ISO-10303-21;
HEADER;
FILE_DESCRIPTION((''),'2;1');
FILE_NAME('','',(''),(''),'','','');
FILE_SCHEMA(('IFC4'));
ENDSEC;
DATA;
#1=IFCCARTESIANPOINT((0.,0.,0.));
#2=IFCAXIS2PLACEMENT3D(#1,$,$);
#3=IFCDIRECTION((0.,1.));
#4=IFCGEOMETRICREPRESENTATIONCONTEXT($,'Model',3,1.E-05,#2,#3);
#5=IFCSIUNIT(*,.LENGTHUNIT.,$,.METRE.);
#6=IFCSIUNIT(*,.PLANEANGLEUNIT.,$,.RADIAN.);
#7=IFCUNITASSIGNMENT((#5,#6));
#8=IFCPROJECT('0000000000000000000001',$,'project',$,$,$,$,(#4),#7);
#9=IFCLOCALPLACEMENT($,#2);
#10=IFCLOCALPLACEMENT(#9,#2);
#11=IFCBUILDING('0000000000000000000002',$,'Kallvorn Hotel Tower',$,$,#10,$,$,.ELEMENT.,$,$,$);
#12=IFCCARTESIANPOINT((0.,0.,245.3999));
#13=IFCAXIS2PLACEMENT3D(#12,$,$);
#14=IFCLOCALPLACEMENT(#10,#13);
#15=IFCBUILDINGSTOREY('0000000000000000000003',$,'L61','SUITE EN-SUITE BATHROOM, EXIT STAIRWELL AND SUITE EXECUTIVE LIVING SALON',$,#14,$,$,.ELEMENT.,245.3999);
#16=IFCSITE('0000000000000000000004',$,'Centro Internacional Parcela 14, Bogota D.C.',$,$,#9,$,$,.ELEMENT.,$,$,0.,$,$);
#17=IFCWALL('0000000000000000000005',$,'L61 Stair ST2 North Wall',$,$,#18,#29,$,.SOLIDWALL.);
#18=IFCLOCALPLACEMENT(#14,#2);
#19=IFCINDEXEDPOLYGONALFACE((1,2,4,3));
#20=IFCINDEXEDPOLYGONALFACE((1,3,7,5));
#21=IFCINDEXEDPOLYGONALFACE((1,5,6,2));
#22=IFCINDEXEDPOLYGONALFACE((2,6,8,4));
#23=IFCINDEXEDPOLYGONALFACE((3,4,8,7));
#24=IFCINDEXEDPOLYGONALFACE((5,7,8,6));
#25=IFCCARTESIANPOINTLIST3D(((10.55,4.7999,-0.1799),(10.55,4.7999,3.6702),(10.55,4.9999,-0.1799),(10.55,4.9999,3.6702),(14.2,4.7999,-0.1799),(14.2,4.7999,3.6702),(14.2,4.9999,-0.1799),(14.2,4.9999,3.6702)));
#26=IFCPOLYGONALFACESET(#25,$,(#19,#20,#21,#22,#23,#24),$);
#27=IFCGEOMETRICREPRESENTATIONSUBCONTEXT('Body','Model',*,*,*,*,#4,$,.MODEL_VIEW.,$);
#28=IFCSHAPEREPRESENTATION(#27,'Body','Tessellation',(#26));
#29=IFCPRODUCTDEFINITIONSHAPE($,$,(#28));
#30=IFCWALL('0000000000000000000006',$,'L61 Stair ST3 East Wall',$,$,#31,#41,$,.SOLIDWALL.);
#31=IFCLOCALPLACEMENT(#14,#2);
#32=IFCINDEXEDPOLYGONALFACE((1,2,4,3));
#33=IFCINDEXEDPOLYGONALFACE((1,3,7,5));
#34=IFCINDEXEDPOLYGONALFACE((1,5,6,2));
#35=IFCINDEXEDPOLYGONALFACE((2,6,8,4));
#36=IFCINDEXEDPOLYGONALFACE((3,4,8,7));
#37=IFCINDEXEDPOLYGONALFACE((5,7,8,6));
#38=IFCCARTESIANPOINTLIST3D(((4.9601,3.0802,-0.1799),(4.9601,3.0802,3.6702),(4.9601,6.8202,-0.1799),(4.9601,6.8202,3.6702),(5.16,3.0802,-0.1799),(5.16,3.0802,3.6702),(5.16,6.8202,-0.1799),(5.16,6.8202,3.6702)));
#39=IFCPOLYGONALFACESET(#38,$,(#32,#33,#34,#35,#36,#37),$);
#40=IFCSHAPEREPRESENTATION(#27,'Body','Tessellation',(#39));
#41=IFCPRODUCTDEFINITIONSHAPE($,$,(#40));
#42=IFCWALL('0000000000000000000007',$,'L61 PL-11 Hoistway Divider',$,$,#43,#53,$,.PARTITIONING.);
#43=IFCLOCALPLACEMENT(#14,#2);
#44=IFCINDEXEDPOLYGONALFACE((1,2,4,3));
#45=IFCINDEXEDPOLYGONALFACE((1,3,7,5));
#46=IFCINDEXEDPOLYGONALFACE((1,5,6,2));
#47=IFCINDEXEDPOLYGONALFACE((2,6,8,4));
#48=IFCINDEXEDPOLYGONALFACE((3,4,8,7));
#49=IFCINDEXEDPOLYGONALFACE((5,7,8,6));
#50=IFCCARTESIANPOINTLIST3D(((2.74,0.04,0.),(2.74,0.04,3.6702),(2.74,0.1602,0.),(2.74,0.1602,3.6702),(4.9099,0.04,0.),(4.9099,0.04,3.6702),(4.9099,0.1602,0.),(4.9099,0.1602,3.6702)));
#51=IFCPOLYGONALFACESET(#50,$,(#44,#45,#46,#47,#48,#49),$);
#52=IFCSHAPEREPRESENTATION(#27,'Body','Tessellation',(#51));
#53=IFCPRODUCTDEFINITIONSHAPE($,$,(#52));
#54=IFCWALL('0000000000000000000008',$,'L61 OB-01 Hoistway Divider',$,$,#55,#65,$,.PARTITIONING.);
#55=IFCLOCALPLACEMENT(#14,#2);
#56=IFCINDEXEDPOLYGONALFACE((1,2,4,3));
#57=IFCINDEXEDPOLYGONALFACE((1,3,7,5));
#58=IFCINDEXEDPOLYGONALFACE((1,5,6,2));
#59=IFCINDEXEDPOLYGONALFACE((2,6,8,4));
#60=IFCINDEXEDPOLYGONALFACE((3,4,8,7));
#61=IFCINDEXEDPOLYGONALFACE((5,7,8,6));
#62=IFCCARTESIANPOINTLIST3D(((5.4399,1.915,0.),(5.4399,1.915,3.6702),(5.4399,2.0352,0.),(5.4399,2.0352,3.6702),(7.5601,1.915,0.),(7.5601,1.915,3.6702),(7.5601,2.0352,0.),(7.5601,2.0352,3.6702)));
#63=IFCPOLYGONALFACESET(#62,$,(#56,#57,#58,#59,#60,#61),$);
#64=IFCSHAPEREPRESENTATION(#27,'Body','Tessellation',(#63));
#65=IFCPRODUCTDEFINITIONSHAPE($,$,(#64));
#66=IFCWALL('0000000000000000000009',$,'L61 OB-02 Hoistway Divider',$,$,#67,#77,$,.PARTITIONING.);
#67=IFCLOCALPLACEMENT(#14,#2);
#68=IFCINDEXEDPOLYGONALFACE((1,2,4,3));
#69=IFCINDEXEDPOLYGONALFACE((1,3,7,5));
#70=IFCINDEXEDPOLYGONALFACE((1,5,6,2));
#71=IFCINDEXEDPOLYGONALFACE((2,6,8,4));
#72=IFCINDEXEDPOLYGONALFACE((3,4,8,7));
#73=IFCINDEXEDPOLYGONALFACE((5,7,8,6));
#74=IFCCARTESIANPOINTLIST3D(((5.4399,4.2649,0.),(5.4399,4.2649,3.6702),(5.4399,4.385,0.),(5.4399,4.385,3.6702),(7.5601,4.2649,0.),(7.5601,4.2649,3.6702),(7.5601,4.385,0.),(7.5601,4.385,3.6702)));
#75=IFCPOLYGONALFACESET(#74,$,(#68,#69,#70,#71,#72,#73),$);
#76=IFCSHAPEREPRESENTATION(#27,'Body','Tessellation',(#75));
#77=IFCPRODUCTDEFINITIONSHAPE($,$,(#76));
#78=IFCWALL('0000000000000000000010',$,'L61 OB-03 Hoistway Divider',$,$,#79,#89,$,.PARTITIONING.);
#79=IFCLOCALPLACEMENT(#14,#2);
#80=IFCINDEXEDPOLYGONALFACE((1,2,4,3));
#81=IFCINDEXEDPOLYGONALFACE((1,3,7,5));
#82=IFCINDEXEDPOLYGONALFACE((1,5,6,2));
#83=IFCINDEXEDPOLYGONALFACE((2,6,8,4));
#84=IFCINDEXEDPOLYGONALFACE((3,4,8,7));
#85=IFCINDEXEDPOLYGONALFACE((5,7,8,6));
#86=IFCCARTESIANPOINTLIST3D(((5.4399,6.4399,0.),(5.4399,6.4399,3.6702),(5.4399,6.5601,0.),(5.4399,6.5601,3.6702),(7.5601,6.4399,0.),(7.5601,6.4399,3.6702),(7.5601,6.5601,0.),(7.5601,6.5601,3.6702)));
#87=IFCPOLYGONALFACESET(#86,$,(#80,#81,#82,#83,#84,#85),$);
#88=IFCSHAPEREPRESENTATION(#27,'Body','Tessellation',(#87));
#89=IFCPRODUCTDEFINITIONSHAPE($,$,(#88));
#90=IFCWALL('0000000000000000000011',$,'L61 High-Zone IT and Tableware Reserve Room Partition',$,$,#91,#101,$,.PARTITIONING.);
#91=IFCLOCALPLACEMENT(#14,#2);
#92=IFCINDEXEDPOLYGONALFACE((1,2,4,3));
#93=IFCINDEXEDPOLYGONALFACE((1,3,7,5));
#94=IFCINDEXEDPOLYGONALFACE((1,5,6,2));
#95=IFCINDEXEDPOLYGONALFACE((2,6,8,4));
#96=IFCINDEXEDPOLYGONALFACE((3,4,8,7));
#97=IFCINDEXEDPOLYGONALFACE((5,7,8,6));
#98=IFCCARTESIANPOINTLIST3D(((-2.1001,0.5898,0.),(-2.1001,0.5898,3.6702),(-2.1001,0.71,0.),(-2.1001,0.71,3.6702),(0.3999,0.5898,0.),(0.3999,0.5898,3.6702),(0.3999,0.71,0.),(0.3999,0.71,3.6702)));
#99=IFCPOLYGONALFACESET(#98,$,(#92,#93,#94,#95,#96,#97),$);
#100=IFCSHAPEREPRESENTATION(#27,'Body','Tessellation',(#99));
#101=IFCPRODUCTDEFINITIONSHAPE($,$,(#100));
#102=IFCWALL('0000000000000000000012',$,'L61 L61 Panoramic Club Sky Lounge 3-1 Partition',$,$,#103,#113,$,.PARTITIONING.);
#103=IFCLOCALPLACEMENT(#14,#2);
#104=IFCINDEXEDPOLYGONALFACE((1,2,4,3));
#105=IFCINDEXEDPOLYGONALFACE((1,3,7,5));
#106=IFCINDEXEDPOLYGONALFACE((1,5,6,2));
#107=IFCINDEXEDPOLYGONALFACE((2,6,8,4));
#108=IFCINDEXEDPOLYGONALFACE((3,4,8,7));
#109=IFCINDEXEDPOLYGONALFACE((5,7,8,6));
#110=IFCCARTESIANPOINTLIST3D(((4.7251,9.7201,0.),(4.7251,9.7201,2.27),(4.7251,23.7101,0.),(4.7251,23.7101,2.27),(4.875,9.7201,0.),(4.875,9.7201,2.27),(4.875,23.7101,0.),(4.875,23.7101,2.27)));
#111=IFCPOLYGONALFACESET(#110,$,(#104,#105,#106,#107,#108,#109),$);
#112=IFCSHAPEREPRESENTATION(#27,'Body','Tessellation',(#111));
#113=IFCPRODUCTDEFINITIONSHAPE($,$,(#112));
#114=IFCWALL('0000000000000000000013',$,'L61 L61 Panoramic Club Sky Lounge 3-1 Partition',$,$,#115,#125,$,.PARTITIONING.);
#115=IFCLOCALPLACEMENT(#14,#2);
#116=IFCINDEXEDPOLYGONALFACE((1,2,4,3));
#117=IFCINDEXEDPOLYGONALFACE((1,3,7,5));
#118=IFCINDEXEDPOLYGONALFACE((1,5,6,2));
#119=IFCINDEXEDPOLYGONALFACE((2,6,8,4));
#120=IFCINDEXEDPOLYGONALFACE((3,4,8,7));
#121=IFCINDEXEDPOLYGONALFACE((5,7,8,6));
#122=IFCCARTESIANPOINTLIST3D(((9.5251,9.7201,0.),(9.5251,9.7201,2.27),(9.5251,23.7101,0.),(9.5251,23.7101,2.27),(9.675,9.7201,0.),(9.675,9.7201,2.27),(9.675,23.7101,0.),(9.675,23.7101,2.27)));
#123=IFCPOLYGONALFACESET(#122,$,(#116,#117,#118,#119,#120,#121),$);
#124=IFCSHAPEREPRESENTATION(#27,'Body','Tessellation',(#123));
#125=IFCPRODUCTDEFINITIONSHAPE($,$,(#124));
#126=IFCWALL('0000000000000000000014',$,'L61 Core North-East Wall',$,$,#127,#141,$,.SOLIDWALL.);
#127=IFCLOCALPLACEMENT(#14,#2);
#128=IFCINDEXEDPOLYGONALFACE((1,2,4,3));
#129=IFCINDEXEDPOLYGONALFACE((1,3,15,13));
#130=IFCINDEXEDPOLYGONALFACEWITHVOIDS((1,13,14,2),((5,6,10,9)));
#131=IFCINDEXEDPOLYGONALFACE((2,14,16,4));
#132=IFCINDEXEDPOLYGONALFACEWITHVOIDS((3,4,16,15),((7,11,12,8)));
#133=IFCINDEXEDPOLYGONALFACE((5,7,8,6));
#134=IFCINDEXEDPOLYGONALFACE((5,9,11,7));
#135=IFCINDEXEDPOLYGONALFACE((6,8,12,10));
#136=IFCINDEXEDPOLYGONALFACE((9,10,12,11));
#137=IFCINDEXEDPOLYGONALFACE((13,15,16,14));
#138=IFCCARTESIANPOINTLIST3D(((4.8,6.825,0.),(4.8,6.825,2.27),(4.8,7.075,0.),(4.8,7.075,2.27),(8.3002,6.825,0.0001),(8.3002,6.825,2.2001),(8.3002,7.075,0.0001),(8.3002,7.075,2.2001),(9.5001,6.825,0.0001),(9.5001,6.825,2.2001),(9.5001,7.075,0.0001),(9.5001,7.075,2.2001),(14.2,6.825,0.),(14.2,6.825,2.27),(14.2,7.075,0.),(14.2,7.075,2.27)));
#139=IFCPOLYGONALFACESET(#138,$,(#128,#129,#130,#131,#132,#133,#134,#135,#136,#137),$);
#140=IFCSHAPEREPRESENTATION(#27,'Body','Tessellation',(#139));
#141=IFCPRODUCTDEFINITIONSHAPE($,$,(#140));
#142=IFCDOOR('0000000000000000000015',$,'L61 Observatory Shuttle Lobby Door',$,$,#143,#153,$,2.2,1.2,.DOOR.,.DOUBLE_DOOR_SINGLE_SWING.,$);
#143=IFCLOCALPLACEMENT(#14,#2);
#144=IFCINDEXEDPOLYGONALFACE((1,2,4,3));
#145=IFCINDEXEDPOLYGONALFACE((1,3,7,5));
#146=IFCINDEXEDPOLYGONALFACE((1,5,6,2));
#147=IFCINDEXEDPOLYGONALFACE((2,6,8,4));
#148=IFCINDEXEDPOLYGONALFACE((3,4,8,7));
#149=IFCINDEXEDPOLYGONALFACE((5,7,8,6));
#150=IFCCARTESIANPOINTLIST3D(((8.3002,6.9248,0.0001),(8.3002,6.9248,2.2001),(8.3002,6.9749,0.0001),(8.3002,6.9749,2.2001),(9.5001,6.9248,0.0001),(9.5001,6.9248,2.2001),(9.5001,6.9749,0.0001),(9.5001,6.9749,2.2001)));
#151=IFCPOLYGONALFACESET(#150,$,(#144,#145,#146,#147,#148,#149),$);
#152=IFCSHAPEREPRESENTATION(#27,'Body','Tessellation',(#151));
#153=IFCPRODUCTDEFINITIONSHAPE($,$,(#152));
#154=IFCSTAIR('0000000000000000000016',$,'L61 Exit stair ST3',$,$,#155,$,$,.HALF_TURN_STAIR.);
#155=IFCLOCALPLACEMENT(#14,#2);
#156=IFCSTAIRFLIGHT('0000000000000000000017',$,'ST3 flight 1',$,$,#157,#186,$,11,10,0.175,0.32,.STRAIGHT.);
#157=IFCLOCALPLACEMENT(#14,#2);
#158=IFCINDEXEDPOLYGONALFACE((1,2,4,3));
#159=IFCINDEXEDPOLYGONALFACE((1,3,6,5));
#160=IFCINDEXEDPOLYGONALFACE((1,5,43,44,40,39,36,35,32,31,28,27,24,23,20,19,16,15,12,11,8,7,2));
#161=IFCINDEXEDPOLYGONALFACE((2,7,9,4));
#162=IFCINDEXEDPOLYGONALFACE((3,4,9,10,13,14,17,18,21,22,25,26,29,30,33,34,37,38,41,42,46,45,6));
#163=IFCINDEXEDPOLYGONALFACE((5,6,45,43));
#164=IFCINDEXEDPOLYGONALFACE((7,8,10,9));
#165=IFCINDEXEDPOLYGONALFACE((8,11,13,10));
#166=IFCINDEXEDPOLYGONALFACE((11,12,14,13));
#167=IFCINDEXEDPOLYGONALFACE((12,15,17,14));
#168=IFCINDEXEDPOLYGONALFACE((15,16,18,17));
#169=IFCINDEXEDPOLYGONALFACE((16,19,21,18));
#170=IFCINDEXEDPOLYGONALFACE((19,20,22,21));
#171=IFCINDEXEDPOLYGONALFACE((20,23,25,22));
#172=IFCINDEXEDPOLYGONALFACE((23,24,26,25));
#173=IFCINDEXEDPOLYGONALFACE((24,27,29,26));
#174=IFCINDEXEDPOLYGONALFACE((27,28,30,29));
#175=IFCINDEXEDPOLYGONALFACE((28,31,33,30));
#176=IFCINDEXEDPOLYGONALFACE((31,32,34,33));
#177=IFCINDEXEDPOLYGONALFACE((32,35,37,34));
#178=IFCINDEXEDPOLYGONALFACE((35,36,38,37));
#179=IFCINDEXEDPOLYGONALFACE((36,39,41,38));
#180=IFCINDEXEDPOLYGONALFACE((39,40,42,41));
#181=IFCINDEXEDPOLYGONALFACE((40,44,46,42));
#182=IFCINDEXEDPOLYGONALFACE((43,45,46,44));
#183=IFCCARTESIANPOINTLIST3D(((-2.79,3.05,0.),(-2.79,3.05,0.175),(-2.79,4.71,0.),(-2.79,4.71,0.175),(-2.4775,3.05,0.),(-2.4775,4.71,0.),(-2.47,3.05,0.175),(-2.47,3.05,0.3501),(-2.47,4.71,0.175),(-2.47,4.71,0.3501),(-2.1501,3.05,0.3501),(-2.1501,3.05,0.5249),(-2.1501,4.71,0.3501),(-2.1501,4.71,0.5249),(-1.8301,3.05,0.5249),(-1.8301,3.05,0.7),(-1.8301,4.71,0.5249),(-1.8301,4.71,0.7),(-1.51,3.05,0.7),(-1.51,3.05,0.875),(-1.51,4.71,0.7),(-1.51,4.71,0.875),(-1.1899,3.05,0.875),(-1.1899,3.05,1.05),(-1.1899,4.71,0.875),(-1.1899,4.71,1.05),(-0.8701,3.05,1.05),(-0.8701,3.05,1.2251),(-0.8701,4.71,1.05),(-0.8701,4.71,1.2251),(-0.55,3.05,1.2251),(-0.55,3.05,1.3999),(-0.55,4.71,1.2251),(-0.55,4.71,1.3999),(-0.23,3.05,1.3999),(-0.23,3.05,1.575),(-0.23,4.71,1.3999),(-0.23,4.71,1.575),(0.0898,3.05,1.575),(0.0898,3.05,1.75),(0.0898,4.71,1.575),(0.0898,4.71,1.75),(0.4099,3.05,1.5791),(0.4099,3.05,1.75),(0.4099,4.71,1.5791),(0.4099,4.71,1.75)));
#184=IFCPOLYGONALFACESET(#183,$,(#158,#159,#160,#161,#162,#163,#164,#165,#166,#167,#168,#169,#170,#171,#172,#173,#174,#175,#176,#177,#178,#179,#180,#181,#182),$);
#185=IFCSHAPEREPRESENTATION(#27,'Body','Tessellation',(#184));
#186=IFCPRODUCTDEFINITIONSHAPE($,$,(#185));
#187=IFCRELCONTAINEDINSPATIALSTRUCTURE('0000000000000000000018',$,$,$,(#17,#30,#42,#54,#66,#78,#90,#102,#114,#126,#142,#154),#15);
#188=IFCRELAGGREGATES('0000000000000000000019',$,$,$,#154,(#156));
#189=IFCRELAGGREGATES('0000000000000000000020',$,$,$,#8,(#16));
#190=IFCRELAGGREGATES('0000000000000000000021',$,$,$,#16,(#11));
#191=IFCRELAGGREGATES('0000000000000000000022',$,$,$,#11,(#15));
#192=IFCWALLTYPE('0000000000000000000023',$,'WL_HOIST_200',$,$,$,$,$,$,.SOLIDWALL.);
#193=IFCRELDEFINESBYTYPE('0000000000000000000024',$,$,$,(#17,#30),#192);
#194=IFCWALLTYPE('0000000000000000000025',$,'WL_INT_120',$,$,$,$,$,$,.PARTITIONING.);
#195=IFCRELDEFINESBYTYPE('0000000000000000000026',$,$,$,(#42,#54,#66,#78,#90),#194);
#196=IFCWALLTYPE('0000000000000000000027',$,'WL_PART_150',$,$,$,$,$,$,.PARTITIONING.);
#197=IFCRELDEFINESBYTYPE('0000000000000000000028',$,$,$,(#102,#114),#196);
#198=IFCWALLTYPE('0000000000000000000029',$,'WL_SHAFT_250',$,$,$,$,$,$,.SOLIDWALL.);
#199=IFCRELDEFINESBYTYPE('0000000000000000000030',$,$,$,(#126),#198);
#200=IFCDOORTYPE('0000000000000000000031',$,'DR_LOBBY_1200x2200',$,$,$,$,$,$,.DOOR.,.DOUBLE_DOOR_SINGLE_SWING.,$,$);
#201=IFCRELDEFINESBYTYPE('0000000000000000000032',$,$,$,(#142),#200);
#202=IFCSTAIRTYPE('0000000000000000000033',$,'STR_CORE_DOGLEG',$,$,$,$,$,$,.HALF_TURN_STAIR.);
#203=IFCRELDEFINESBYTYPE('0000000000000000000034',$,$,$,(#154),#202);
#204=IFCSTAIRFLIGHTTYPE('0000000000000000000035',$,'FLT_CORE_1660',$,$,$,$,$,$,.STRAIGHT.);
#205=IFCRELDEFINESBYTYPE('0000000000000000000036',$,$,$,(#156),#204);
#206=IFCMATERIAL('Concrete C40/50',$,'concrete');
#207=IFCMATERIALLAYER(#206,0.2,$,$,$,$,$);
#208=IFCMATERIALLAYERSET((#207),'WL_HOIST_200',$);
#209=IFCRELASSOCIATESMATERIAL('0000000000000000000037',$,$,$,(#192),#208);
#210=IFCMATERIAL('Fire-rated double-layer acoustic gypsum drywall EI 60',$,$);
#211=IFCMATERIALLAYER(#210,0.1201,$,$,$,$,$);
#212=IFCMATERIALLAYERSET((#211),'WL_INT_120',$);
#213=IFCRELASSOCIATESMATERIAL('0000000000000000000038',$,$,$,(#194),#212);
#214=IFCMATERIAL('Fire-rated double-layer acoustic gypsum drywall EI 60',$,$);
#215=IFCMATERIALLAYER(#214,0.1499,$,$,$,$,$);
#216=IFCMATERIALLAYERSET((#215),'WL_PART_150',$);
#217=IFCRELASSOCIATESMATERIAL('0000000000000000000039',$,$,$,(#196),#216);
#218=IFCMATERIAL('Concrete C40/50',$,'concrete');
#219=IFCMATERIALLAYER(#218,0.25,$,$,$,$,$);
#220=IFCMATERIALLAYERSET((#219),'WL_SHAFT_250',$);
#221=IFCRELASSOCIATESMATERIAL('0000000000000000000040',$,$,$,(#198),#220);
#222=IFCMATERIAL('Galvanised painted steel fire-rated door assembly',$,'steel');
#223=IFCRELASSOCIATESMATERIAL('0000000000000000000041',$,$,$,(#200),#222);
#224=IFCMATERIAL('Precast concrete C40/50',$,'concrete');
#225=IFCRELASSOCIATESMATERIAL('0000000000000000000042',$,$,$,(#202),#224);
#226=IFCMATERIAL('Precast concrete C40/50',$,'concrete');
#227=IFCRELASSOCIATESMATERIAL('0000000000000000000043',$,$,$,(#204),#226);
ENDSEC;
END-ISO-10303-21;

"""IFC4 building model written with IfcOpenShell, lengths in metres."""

from ifc_helpers import new_model, si_unit, direction, frame, frame_2d, origin, place, context, subcontext, project, spatial, polyline, rectangle, outline, extrude, material, layer, layer_set, type_object, element, fill, aggregate, save


model = new_model("IFC4")

# Units and contexts
model_context = context("Model", 3, precision=1e-05, world=origin(), true_north=direction((0.0, 1.0)))
body_context = subcontext(model_context, "Body", "Model", "MODEL_VIEW")
ifc_project = project(units=[si_unit("LENGTHUNIT", "METRE"), si_unit("PLANEANGLEUNIT", "RADIAN")], contexts=[model_context])

# Site, building, storey
site_placement = place(None, origin())
site = spatial("IfcSite", under=ifc_project, at=site_placement, Name="Centro Internacional Parcela 14, Bogota D.C.", CompositionType="ELEMENT", RefElevation=0.0)
building_placement = place(site_placement, origin())
building = spatial("IfcBuilding", under=site, at=building_placement, Name="Kallvorn Hotel Tower", CompositionType="ELEMENT")
storey_placement = place(building_placement, frame((0.0, 0.0, 245.3999)))
storey = spatial("IfcBuildingStorey", under=building, at=storey_placement, Name="L61", Description="SUITE EN-SUITE BATHROOM, EXIT STAIRWELL AND SUITE EXECUTIVE LIVING SALON", CompositionType="ELEMENT", Elevation=245.3999)

# Walls
ifc_material_1 = material(Name="Concrete C40/50", Category="concrete")
ifc_layer_1 = layer(ifc_material_1, 0.2)
ifc_layer_set_1 = layer_set([ifc_layer_1], Name="WL_HOIST_200")
wall_type_1 = type_object("IfcWallType", Name="WL_HOIST_200", PredefinedType="SOLIDWALL", material=ifc_layer_set_1)
wall_1_placement = place(storey_placement, frame((10.55, 4.8999, -0.1799), z_axis=(0.0, 0.0, 1.0), x_axis=(1.0, 0.0, 0.0)))
element("IfcWall", 1, at=wall_1_placement, inside=storey, type_object=wall_type_1, Name="L61 Stair ST2 North Wall", PredefinedType="SOLIDWALL", context=body_context, shape_type="SweptSolid", body=[
    extrude(rectangle(XDim=3.6499, YDim=0.2, at=frame_2d((1.825, 0.0))), origin(), (0.0, 0.0, 1.0), 3.8501),
])
wall_2_placement = place(storey_placement, frame((5.0601, 3.0801, -0.1799), z_axis=(0.0, 0.0, 1.0), x_axis=(0.0, 1.0, 0.0)))
element("IfcWall", 2, at=wall_2_placement, inside=storey, type_object=wall_type_1, Name="L61 Stair ST3 East Wall", PredefinedType="SOLIDWALL", context=body_context, shape_type="SweptSolid", body=[
    extrude(rectangle(XDim=3.74, YDim=0.2, at=frame_2d((1.8701, 0.0))), origin(), (0.0, 0.0, 1.0), 3.8501),
])
ifc_material_2 = material(Name="Fire-rated double-layer acoustic gypsum drywall EI 60")
ifc_layer_2 = layer(ifc_material_2, 0.1201)
ifc_layer_set_2 = layer_set([ifc_layer_2], Name="WL_INT_120")
wall_type_2 = type_object("IfcWallType", Name="WL_INT_120", PredefinedType="PARTITIONING", material=ifc_layer_set_2)
wall_3_placement = place(storey_placement, frame((2.74, 0.1001, 0.0), z_axis=(0.0, 0.0, 1.0), x_axis=(1.0, 0.0, 0.0)))
element("IfcWall", 3, at=wall_3_placement, inside=storey, type_object=wall_type_2, Name="L61 PL-11 Hoistway Divider", PredefinedType="PARTITIONING", context=body_context, shape_type="SweptSolid", body=[
    extrude(rectangle(XDim=2.1699, YDim=0.1201, at=frame_2d((1.085, 0.0))), origin(), (0.0, 0.0, 1.0), 3.6702),
])
for number, where, z_axis, x_axis, name in (
    (4, (5.4399, 1.9751, 0.0), (0.0, 0.0, 1.0), (1.0, 0.0, 0.0), "L61 OB-01 Hoistway Divider"),
    (5, (5.4399, 4.325, 0.0), (0.0, 0.0, 1.0), (1.0, 0.0, 0.0), "L61 OB-02 Hoistway Divider"),
    (6, (5.4399, 6.5, 0.0), (0.0, 0.0, 1.0), (1.0, 0.0, 0.0), "L61 OB-03 Hoistway Divider"),
):
    element("IfcWall", number, at=place(storey_placement, frame(where, z_axis=z_axis, x_axis=x_axis)), inside=storey, type_object=wall_type_2, Name=name, PredefinedType="PARTITIONING", context=body_context, shape_type="SweptSolid", body=[
        extrude(rectangle(XDim=2.1201, YDim=0.1201, at=frame_2d((1.0601, 0.0))), origin(), (0.0, 0.0, 1.0), 3.6702),
    ])
wall_4_placement = place(storey_placement, frame((-2.1001, 0.6499, 0.0), z_axis=(0.0, 0.0, 1.0), x_axis=(1.0, 0.0, 0.0)))
element("IfcWall", 7, at=wall_4_placement, inside=storey, type_object=wall_type_2, Name="L61 High-Zone IT and Tableware Reserve Room Partition", PredefinedType="PARTITIONING", context=body_context, shape_type="SweptSolid", body=[
    extrude(rectangle(XDim=2.5, YDim=0.1201, at=frame_2d((1.25, 0.0))), origin(), (0.0, 0.0, 1.0), 3.6702),
])
ifc_material_3 = material(Name="Fire-rated double-layer acoustic gypsum drywall EI 60")
ifc_layer_3 = layer(ifc_material_3, 0.1499)
ifc_layer_set_3 = layer_set([ifc_layer_3], Name="WL_PART_150")
wall_type_3 = type_object("IfcWallType", Name="WL_PART_150", PredefinedType="PARTITIONING", material=ifc_layer_set_3)
for number, where, z_axis, x_axis, name in (
    (8, (4.8, 9.72, 0.0), (0.0, 0.0, 1.0), (0.0, 1.0, 0.0), "L61 L61 Panoramic Club Sky Lounge 3-1 Partition"),
    (9, (9.6001, 9.72, 0.0), (0.0, 0.0, 1.0), (0.0, 1.0, 0.0), "L61 L61 Panoramic Club Sky Lounge 3-1 Partition"),
):
    element("IfcWall", number, at=place(storey_placement, frame(where, z_axis=z_axis, x_axis=x_axis)), inside=storey, type_object=wall_type_3, Name=name, PredefinedType="PARTITIONING", context=body_context, shape_type="SweptSolid", body=[
        extrude(rectangle(XDim=13.99, YDim=0.1499, at=frame_2d((6.9951, 0.0))), origin(), (0.0, 0.0, 1.0), 2.27),
    ])

# Wall, opening, door
ifc_material_4 = material(Name="Concrete C40/50", Category="concrete")
ifc_layer_4 = layer(ifc_material_4, 0.25)
ifc_layer_set_4 = layer_set([ifc_layer_4], Name="WL_SHAFT_250")
wall_type_4 = type_object("IfcWallType", Name="WL_SHAFT_250", PredefinedType="SOLIDWALL", material=ifc_layer_set_4)
wall_5_placement = place(storey_placement, frame((4.8, 6.95, 0.0), z_axis=(0.0, 0.0, 1.0), x_axis=(1.0, 0.0, 0.0)))
wall_5 = element("IfcWall", 10, at=wall_5_placement, inside=storey, type_object=wall_type_4, Name="L61 Core North-East Wall", PredefinedType="SOLIDWALL", context=body_context, shape_type="SweptSolid", body=[
    extrude(rectangle(XDim=9.3999, YDim=0.25, at=frame_2d((4.7, 0.0))), origin(), (0.0, 0.0, 1.0), 2.27),
])
opening_placement = place(wall_5_placement, frame((3.5, 0.0, 0.0)))
opening = element("IfcOpeningElement", 11, at=opening_placement, cuts=wall_5, PredefinedType="OPENING", context=body_context, shape_type="SweptSolid", body=[
    extrude(rectangle(XDim=1.2, YDim=2.2, at=frame_2d((0.6001, 1.1001))), frame((0.0, 0.1399, 0.0), z_axis=(0.0, -1.0, 0.0), x_axis=(1.0, 0.0, 0.0)), (0.0, 0.0, 1.0), 0.28),
])
ifc_material_5 = material(Name="Galvanised painted steel fire-rated door assembly", Category="steel")
door_type = type_object("IfcDoorType", Name="DR_LOBBY_1200x2200", OperationType="DOUBLE_DOOR_SINGLE_SWING", PredefinedType="DOOR", material=ifc_material_5)
door_placement = place(opening_placement, origin())
door = element("IfcDoor", 12, at=door_placement, inside=storey, type_object=door_type, Name="L61 Observatory Shuttle Lobby Door", OperationType="DOUBLE_DOOR_SINGLE_SWING", OverallHeight=2.2, OverallWidth=1.2, PredefinedType="DOOR", context=body_context, shape_type="SweptSolid", body=[
    extrude(rectangle(XDim=1.2, YDim=2.2, at=frame_2d((0.6001, 1.1001))), frame((0.0, 0.0249, 0.0), z_axis=(0.0, -1.0, 0.0), x_axis=(1.0, 0.0, 0.0)), (0.0, 0.0, 1.0), 0.05),
])
fill(opening, door)

# Stair, stair flight
ifc_material_6 = material(Name="Precast concrete C40/50", Category="concrete")
stair_type = type_object("IfcStairType", Name="STR_CORE_DOGLEG", PredefinedType="HALF_TURN_STAIR", material=ifc_material_6)
stair_placement = place(storey_placement, origin())
stair = element("IfcStair", 13, at=stair_placement, inside=storey, type_object=stair_type, Name="L61 Exit stair ST3", PredefinedType="HALF_TURN_STAIR")
ifc_material_7 = material(Name="Precast concrete C40/50", Category="concrete")
stair_flight_type = type_object("IfcStairFlightType", Name="FLT_CORE_1660", PredefinedType="STRAIGHT", material=ifc_material_7)
stair_flight_1_placement = place(storey_placement, frame((-2.79, 3.8799, 0.0), z_axis=(0.0, 0.0, 1.0), x_axis=(1.0, 0.0, 0.0)))
stair_flight_1 = element("IfcStairFlight", 14, at=stair_flight_1_placement, type_object=stair_flight_type, Name="ST3 flight 1", NumberOfRisers=11, NumberOfTreads=10, PredefinedType="STRAIGHT", RiserHeight=0.175, TreadLength=0.32, context=body_context, shape_type="SweptSolid", body=[
    extrude(outline(polyline([(0.0, 0.0), (0.0, 0.175), (0.3201, 0.175), (0.3201, 0.3501), (0.6399, 0.3501), (0.6399, 0.5249), (0.96, 0.5249), (0.96, 0.7), (1.28, 0.7), (1.28, 0.875), (1.6001, 0.875), (1.6001, 1.05), (1.9199, 1.05), (1.9199, 1.2251), (2.24, 1.2251), (2.24, 1.3999), (2.5601, 1.3999), (2.5601, 1.575), (2.8799, 1.575), (2.8799, 1.75), (3.2, 1.75), (3.2, 1.925), (3.2, 1.5791), (0.3125, 0.0), (0.0, 0.0)])), frame((0.0, 0.8301, 0.0), z_axis=(0.0, -1.0, 0.0), x_axis=(1.0, 0.0, 0.0)), (0.0, 0.0, 1.0), 1.6599),
])
aggregate(stair, [stair_flight_1])

save(model, "model.ifc")
